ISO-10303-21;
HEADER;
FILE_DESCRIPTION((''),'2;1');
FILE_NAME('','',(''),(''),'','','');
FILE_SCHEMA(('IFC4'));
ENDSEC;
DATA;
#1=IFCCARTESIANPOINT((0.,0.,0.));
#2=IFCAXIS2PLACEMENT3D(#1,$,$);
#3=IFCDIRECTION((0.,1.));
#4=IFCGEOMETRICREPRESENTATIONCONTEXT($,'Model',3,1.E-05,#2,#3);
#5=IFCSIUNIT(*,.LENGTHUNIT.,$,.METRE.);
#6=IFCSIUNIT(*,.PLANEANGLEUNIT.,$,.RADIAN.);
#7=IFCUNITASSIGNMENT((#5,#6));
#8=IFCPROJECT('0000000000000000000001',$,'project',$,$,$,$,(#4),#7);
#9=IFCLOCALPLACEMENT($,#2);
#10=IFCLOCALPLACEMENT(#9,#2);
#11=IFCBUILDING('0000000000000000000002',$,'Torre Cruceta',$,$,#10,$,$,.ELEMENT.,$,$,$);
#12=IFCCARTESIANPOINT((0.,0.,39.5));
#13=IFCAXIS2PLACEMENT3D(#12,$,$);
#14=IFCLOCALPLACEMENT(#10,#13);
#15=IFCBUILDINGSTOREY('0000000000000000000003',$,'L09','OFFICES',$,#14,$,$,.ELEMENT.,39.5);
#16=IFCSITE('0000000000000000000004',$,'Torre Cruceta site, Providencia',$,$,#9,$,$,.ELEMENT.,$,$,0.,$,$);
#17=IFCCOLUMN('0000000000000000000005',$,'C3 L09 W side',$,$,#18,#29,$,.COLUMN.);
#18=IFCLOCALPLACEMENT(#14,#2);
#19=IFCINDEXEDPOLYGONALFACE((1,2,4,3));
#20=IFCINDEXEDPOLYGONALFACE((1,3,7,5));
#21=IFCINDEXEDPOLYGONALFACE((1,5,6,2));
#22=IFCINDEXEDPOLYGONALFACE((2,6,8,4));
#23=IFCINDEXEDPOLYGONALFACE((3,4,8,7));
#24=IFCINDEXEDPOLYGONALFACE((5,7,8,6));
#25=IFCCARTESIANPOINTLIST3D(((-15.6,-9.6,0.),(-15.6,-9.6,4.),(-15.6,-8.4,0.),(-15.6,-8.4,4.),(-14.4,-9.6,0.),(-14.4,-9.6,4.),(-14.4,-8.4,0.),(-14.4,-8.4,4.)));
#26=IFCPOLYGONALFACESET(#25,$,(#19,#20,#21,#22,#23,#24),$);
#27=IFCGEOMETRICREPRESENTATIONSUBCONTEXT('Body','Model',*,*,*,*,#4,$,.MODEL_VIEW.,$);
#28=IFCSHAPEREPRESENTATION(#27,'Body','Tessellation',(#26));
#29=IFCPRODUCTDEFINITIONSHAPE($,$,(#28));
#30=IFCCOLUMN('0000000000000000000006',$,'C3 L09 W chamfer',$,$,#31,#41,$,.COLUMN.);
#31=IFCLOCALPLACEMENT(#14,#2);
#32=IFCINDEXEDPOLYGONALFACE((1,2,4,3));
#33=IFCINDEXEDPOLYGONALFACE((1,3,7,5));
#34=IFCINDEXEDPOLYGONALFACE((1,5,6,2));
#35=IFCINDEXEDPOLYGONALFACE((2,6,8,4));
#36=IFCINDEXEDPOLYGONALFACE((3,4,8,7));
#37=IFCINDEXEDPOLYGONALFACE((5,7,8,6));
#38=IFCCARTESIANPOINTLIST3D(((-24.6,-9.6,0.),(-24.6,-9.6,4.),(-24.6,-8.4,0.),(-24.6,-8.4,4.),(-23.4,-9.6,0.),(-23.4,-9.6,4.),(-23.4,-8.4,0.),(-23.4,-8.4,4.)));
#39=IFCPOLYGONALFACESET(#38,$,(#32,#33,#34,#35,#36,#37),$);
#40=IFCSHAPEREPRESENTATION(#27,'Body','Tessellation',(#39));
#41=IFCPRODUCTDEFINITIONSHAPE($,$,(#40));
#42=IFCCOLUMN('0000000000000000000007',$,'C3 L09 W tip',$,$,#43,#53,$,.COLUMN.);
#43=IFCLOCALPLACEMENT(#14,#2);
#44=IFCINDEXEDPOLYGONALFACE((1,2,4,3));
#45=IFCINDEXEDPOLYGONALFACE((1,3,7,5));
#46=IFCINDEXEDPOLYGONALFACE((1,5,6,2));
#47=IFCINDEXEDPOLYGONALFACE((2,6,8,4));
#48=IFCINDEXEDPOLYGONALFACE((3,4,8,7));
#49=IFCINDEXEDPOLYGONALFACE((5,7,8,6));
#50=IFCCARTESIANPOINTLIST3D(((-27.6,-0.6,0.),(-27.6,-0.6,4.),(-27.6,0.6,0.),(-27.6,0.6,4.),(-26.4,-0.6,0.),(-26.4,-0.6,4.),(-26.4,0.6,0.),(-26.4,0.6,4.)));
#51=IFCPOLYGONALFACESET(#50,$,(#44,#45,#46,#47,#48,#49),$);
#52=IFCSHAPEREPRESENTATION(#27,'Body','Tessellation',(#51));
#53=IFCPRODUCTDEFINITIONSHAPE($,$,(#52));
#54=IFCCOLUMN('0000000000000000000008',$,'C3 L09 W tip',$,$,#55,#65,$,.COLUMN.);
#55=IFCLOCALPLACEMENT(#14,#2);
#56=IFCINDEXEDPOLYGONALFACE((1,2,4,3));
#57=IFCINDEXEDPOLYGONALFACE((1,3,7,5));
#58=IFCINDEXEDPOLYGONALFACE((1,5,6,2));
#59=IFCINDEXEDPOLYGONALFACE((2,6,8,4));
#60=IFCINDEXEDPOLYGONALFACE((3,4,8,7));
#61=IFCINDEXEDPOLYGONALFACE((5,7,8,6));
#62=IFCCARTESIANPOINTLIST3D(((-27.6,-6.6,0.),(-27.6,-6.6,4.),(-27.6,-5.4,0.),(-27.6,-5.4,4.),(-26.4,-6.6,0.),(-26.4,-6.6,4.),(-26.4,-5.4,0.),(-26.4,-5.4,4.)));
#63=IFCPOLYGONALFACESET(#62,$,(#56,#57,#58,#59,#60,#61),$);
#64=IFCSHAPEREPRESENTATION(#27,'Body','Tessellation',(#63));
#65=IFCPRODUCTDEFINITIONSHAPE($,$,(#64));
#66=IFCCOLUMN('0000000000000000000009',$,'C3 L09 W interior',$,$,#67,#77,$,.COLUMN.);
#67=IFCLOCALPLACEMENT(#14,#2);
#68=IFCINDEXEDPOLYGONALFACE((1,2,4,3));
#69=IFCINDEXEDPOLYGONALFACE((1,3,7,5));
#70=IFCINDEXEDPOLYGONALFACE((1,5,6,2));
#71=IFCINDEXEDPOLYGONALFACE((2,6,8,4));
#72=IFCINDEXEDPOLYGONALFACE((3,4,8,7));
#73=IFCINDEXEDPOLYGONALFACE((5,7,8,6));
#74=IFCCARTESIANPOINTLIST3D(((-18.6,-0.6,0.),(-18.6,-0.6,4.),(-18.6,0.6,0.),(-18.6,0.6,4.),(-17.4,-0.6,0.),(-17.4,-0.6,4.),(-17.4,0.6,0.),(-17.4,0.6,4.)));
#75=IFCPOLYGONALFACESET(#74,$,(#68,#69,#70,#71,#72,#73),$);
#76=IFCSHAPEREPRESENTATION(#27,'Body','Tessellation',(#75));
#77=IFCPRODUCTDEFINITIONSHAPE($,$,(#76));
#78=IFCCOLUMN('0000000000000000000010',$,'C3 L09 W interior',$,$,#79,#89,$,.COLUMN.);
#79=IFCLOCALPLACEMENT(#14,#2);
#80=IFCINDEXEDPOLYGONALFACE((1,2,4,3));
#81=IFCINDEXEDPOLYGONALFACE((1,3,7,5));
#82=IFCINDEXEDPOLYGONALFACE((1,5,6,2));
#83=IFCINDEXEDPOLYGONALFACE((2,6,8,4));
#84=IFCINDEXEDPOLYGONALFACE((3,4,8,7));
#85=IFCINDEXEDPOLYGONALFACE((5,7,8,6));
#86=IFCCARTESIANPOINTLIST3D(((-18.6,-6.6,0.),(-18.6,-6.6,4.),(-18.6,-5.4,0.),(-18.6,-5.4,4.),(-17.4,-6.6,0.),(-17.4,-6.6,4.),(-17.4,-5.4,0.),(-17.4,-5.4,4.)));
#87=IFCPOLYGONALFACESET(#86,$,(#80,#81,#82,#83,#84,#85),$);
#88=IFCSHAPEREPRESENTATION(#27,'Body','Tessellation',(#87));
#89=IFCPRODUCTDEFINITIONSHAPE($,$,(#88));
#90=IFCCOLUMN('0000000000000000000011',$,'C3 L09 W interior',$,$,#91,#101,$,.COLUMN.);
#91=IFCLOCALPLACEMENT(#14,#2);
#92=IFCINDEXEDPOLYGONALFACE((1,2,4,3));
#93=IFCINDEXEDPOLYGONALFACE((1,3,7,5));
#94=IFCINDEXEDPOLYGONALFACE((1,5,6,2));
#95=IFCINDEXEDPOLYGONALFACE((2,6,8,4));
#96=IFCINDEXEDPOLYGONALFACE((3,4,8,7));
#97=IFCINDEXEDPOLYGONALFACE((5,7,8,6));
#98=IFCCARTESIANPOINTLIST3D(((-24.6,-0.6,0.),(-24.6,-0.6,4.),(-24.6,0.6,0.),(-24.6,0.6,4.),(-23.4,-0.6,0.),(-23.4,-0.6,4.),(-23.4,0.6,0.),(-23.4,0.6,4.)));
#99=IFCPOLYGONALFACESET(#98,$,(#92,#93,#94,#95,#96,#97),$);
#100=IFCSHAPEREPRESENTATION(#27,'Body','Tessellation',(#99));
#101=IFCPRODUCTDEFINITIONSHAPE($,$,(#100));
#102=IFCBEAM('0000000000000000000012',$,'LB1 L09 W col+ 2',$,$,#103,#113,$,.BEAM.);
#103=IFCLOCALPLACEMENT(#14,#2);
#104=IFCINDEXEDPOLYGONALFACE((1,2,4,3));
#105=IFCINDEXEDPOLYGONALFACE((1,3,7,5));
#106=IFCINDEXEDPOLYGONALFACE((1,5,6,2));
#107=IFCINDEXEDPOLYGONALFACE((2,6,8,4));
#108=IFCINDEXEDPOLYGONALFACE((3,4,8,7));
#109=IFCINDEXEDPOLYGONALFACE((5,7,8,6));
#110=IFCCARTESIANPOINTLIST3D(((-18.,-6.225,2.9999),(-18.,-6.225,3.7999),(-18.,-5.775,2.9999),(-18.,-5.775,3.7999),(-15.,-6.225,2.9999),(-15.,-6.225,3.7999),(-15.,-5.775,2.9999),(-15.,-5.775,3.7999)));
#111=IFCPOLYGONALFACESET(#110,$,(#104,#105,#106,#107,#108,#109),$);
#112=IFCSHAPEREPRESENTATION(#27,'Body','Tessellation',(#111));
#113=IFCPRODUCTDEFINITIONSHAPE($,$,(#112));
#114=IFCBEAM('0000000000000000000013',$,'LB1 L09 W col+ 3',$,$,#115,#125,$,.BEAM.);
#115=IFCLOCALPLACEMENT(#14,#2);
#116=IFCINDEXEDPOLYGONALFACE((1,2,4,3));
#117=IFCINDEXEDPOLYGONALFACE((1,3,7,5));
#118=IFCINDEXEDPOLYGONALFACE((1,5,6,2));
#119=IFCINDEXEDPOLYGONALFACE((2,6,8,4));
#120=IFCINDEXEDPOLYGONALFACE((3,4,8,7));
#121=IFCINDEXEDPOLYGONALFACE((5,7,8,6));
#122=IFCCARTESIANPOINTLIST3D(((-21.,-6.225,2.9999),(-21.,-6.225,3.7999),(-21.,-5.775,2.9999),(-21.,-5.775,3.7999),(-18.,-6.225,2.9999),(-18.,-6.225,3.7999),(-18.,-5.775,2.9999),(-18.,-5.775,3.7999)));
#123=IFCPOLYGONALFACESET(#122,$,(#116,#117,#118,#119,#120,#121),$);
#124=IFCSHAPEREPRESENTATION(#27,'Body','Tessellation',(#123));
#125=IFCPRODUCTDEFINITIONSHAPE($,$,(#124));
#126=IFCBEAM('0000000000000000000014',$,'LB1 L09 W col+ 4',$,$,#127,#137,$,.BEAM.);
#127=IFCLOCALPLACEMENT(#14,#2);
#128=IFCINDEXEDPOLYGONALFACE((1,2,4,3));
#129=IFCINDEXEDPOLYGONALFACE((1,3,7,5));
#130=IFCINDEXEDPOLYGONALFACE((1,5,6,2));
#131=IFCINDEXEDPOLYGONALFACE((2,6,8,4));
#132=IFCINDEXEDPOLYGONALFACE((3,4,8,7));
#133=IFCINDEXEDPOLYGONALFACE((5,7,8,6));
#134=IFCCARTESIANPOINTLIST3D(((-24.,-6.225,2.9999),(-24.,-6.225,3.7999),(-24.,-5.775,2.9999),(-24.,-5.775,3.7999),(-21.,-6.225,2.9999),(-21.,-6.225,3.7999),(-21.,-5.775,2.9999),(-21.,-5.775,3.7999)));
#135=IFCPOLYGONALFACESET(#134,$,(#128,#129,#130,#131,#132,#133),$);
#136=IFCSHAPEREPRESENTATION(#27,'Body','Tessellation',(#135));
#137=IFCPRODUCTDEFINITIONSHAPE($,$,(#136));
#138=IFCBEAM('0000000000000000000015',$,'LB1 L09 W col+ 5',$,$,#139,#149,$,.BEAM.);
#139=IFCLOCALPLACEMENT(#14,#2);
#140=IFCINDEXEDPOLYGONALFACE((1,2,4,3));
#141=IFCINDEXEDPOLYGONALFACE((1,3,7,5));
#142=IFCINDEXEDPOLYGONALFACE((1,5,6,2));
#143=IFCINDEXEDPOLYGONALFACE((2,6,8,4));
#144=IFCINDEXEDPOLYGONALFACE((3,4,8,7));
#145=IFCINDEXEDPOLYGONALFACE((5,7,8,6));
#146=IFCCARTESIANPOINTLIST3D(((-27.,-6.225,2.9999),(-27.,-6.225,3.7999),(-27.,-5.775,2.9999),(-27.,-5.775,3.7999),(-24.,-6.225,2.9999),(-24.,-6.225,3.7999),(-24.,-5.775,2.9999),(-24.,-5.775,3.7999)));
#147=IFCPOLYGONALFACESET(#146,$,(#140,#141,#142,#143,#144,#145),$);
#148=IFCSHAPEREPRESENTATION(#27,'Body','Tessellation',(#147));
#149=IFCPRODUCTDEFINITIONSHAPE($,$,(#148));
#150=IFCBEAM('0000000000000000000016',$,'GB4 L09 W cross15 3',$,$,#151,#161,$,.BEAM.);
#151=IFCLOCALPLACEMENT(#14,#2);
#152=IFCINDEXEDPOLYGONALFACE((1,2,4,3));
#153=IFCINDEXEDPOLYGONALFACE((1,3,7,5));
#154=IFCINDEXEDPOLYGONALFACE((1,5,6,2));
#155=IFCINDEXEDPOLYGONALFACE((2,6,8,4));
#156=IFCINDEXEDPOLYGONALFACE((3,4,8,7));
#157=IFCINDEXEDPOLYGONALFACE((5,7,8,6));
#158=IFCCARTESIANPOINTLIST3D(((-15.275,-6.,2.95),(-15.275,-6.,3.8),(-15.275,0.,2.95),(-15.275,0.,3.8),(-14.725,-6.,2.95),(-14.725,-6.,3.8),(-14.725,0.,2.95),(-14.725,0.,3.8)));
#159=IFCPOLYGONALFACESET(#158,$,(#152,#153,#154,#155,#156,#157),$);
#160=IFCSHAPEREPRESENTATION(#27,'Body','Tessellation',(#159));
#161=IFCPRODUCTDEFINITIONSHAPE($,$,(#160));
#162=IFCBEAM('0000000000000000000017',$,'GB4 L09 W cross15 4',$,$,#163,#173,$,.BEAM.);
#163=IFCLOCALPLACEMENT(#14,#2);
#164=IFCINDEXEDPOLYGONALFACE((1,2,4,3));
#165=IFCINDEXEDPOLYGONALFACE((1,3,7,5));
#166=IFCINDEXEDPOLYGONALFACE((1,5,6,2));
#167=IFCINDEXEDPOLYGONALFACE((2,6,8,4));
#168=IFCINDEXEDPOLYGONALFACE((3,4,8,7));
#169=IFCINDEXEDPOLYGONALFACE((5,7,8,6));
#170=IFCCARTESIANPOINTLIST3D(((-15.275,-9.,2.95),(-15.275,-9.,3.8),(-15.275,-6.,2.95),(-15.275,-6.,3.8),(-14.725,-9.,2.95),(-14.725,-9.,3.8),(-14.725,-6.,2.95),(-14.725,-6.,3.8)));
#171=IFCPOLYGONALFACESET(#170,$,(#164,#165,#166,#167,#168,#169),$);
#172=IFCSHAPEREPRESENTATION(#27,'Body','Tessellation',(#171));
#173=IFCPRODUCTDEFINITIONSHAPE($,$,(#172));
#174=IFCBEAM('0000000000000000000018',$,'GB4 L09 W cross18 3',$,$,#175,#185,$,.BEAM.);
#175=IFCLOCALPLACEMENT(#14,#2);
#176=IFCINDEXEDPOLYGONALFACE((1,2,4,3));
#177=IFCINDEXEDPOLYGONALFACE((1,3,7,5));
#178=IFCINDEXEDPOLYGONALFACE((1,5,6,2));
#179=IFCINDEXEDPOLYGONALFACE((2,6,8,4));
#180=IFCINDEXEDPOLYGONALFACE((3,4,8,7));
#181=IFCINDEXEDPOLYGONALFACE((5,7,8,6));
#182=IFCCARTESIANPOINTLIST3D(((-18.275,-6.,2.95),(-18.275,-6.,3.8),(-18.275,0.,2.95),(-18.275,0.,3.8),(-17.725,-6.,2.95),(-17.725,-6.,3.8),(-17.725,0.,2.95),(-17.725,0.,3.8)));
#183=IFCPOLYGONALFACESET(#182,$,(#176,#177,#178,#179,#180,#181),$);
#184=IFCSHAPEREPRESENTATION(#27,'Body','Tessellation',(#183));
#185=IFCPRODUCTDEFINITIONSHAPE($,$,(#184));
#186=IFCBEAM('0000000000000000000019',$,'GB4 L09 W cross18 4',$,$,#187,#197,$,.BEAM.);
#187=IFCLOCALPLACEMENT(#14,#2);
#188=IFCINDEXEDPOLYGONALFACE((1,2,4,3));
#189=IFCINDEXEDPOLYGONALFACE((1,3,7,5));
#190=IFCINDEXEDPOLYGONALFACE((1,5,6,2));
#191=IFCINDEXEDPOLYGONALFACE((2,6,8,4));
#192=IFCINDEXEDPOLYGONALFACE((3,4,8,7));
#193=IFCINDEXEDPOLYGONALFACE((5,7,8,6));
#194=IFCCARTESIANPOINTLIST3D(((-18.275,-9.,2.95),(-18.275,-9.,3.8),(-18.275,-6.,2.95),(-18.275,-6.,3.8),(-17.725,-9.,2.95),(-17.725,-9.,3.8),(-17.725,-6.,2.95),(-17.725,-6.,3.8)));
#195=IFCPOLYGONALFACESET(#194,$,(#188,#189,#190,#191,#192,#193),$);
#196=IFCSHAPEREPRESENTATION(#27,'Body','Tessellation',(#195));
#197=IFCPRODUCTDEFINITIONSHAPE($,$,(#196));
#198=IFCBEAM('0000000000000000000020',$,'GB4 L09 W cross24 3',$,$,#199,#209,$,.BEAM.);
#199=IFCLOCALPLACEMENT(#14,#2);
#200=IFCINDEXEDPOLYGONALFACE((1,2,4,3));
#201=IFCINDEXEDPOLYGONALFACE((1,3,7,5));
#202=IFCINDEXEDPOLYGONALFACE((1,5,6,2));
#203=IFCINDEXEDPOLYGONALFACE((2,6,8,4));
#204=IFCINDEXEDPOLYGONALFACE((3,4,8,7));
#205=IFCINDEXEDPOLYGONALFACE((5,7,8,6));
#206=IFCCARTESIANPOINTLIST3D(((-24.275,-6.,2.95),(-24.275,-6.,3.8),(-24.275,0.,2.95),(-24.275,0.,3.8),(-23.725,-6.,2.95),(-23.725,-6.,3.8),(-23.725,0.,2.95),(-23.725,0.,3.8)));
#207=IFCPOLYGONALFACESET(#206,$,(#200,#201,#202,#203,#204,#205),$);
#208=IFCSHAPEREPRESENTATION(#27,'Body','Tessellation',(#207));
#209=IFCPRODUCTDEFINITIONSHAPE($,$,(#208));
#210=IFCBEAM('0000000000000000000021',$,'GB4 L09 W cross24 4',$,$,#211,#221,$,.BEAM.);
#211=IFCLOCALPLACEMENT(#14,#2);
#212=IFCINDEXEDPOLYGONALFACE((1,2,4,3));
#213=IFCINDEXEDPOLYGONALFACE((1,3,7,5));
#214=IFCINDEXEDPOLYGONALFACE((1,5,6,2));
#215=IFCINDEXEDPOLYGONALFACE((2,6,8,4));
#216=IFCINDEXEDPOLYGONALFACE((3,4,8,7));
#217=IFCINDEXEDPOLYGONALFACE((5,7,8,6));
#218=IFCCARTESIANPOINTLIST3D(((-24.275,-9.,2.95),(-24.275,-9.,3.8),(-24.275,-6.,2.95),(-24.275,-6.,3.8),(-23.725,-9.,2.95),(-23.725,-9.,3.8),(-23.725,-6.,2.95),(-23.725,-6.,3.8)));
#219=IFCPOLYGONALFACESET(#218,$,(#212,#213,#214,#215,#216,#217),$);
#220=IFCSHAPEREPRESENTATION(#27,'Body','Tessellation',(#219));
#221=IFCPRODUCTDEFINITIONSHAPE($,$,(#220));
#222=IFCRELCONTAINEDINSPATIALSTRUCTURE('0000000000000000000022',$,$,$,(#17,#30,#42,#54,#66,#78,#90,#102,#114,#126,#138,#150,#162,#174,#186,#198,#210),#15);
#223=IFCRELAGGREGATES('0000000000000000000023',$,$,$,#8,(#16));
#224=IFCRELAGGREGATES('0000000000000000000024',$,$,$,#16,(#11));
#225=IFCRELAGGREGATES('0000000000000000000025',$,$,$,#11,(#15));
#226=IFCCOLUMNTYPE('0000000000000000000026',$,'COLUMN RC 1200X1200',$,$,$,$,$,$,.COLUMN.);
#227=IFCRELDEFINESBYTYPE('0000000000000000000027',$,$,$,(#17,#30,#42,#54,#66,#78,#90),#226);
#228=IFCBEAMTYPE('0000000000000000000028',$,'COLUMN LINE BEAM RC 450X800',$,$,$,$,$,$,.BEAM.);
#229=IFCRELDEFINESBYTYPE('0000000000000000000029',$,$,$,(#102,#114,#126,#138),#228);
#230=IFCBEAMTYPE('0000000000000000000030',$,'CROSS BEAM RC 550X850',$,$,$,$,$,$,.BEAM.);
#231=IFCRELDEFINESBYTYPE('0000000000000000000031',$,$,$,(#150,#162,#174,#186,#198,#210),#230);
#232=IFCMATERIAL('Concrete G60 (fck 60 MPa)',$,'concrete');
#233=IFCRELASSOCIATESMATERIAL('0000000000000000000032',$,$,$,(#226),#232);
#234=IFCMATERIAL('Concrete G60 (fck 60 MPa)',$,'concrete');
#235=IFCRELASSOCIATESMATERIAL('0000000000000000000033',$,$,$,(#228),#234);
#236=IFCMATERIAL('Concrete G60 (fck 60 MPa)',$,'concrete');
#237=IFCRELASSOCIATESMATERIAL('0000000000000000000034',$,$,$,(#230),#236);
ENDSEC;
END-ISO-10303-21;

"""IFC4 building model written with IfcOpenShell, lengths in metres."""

from ifc_helpers import new_model, si_unit, direction, frame, origin, origin_2d, place, context, subcontext, project, spatial, rectangle, extrude, material, material_profile, profile_set, type_object, element, save


model = new_model("IFC4")

# Units and contexts
model_context = context("Model", 3, precision=1e-05, world=origin(), true_north=direction((0.0, 1.0)))
body_context = subcontext(model_context, "Body", "Model", "MODEL_VIEW")
ifc_project = project(units=[si_unit("LENGTHUNIT", "METRE"), si_unit("PLANEANGLEUNIT", "RADIAN")], contexts=[model_context])

# Site, building, storey
site_placement = place(None, origin())
site = spatial("IfcSite", under=ifc_project, at=site_placement, Name="Torre Cruceta site, Providencia", CompositionType="ELEMENT", RefElevation=0.0)
building_placement = place(site_placement, origin())
building = spatial("IfcBuilding", under=site, at=building_placement, Name="Torre Cruceta", CompositionType="ELEMENT")
storey_placement = place(building_placement, frame((0.0, 0.0, 39.5)))
storey = spatial("IfcBuildingStorey", under=building, at=storey_placement, Name="L09", Description="OFFICES", CompositionType="ELEMENT", Elevation=39.5)

# Columns
ifc_material_1 = material(Name="Concrete G60 (fck 60 MPa)", Category="concrete")
ifc_material_profile_1 = material_profile(ifc_material_1, rectangle(XDim=1.2, YDim=1.2, at=origin_2d()), Name="RC 1200X1200")
ifc_profile_set_1 = profile_set([ifc_material_profile_1], Name="Concrete G60 (fck 60 MPa)")
column_type = type_object("IfcColumnType", Name="COLUMN RC 1200X1200", PredefinedType="COLUMN", material=ifc_profile_set_1)
for number, where, z_axis, x_axis, name in (
    (1, (-15.0, -9.0, 0.0), (0.0, 0.0, 1.0), (1.0, 0.0, 0.0), "C3 L09 W side"),
    (2, (-24.0, -9.0, 0.0), (0.0, 0.0, 1.0), (1.0, 0.0, 0.0), "C3 L09 W chamfer"),
    (3, (-27.0, 0.0, 0.0), (0.0, 0.0, 1.0), (1.0, 0.0, 0.0), "C3 L09 W tip"),
    (4, (-27.0, -6.0, 0.0), (0.0, 0.0, 1.0), (1.0, 0.0, 0.0), "C3 L09 W tip"),
    (5, (-18.0, 0.0, 0.0), (0.0, 0.0, 1.0), (1.0, 0.0, 0.0), "C3 L09 W interior"),
    (6, (-18.0, -6.0, 0.0), (0.0, 0.0, 1.0), (1.0, 0.0, 0.0), "C3 L09 W interior"),
    (7, (-24.0, 0.0, 0.0), (0.0, 0.0, 1.0), (1.0, 0.0, 0.0), "C3 L09 W interior"),
):
    element("IfcColumn", number, at=place(storey_placement, frame(where, z_axis=z_axis, x_axis=x_axis)), inside=storey, type_object=column_type, Name=name, PredefinedType="COLUMN", context=body_context, shape_type="SweptSolid", body=[
        extrude(rectangle(XDim=1.2, YDim=1.2, at=origin_2d()), origin(), (0.0, 0.0, 1.0), 4.0),
    ])

# Beams
ifc_material_2 = material(Name="Concrete G60 (fck 60 MPa)", Category="concrete")
ifc_material_profile_2 = material_profile(ifc_material_2, rectangle(XDim=0.45, YDim=0.8, at=origin_2d()), Name="RC 450X800")
ifc_profile_set_2 = profile_set([ifc_material_profile_2], Name="Concrete G60 (fck 60 MPa)")
beam_type_1 = type_object("IfcBeamType", Name="COLUMN LINE BEAM RC 450X800", PredefinedType="BEAM", material=ifc_profile_set_2)
for number, where, z_axis, x_axis, name in (
    (8, (-15.0, -6.0, 3.3999), (-1.0, 0.0, 0.0), (0.0, -1.0, 0.0), "LB1 L09 W col+ 2"),
    (9, (-18.0, -6.0, 3.3999), (-1.0, 0.0, 0.0), (0.0, -1.0, 0.0), "LB1 L09 W col+ 3"),
    (10, (-21.0, -6.0, 3.3999), (-1.0, 0.0, 0.0), (0.0, -1.0, 0.0), "LB1 L09 W col+ 4"),
    (11, (-24.0, -6.0, 3.3999), (-1.0, 0.0, 0.0), (0.0, -1.0, 0.0), "LB1 L09 W col+ 5"),
):
    element("IfcBeam", number, at=place(storey_placement, frame(where, z_axis=z_axis, x_axis=x_axis)), inside=storey, type_object=beam_type_1, Name=name, PredefinedType="BEAM", context=body_context, shape_type="SweptSolid", body=[
        extrude(rectangle(XDim=0.45, YDim=0.8, at=origin_2d()), origin(), (0.0, 0.0, 1.0), 3.0),
    ])
ifc_material_3 = material(Name="Concrete G60 (fck 60 MPa)", Category="concrete")
ifc_material_profile_3 = material_profile(ifc_material_3, rectangle(XDim=0.55, YDim=0.8501, at=origin_2d()), Name="RC 550X850")
ifc_profile_set_3 = profile_set([ifc_material_profile_3], Name="Concrete G60 (fck 60 MPa)")
beam_type_2 = type_object("IfcBeamType", Name="CROSS BEAM RC 550X850", PredefinedType="BEAM", material=ifc_profile_set_3)
beam_1_placement = place(storey_placement, frame((-15.0, 0.0, 3.375), z_axis=(0.0, -1.0, 0.0), x_axis=(1.0, 0.0, 0.0)))
element("IfcBeam", 12, at=beam_1_placement, inside=storey, type_object=beam_type_2, Name="GB4 L09 W cross15 3", PredefinedType="BEAM", context=body_context, shape_type="SweptSolid", body=[
    extrude(rectangle(XDim=0.55, YDim=0.8501, at=origin_2d()), origin(), (0.0, 0.0, 1.0), 6.0),
])
beam_2_placement = place(storey_placement, frame((-15.0, -6.0, 3.375), z_axis=(0.0, -1.0, 0.0), x_axis=(1.0, 0.0, 0.0)))
element("IfcBeam", 13, at=beam_2_placement, inside=storey, type_object=beam_type_2, Name="GB4 L09 W cross15 4", PredefinedType="BEAM", context=body_context, shape_type="SweptSolid", body=[
    extrude(rectangle(XDim=0.55, YDim=0.8501, at=origin_2d()), origin(), (0.0, 0.0, 1.0), 3.0),
])
beam_3_placement = place(storey_placement, frame((-18.0, 0.0, 3.375), z_axis=(0.0, -1.0, 0.0), x_axis=(1.0, 0.0, 0.0)))
element("IfcBeam", 14, at=beam_3_placement, inside=storey, type_object=beam_type_2, Name="GB4 L09 W cross18 3", PredefinedType="BEAM", context=body_context, shape_type="SweptSolid", body=[
    extrude(rectangle(XDim=0.55, YDim=0.8501, at=origin_2d()), origin(), (0.0, 0.0, 1.0), 6.0),
])
beam_4_placement = place(storey_placement, frame((-18.0, -6.0, 3.375), z_axis=(0.0, -1.0, 0.0), x_axis=(1.0, 0.0, 0.0)))
element("IfcBeam", 15, at=beam_4_placement, inside=storey, type_object=beam_type_2, Name="GB4 L09 W cross18 4", PredefinedType="BEAM", context=body_context, shape_type="SweptSolid", body=[
    extrude(rectangle(XDim=0.55, YDim=0.8501, at=origin_2d()), origin(), (0.0, 0.0, 1.0), 3.0),
])
beam_5_placement = place(storey_placement, frame((-24.0, 0.0, 3.375), z_axis=(0.0, -1.0, 0.0), x_axis=(1.0, 0.0, 0.0)))
element("IfcBeam", 16, at=beam_5_placement, inside=storey, type_object=beam_type_2, Name="GB4 L09 W cross24 3", PredefinedType="BEAM", context=body_context, shape_type="SweptSolid", body=[
    extrude(rectangle(XDim=0.55, YDim=0.8501, at=origin_2d()), origin(), (0.0, 0.0, 1.0), 6.0),
])
beam_6_placement = place(storey_placement, frame((-24.0, -6.0, 3.375), z_axis=(0.0, -1.0, 0.0), x_axis=(1.0, 0.0, 0.0)))
element("IfcBeam", 17, at=beam_6_placement, inside=storey, type_object=beam_type_2, Name="GB4 L09 W cross24 4", PredefinedType="BEAM", context=body_context, shape_type="SweptSolid", body=[
    extrude(rectangle(XDim=0.55, YDim=0.8501, at=origin_2d()), origin(), (0.0, 0.0, 1.0), 3.0),
])

save(model, "model.ifc")
